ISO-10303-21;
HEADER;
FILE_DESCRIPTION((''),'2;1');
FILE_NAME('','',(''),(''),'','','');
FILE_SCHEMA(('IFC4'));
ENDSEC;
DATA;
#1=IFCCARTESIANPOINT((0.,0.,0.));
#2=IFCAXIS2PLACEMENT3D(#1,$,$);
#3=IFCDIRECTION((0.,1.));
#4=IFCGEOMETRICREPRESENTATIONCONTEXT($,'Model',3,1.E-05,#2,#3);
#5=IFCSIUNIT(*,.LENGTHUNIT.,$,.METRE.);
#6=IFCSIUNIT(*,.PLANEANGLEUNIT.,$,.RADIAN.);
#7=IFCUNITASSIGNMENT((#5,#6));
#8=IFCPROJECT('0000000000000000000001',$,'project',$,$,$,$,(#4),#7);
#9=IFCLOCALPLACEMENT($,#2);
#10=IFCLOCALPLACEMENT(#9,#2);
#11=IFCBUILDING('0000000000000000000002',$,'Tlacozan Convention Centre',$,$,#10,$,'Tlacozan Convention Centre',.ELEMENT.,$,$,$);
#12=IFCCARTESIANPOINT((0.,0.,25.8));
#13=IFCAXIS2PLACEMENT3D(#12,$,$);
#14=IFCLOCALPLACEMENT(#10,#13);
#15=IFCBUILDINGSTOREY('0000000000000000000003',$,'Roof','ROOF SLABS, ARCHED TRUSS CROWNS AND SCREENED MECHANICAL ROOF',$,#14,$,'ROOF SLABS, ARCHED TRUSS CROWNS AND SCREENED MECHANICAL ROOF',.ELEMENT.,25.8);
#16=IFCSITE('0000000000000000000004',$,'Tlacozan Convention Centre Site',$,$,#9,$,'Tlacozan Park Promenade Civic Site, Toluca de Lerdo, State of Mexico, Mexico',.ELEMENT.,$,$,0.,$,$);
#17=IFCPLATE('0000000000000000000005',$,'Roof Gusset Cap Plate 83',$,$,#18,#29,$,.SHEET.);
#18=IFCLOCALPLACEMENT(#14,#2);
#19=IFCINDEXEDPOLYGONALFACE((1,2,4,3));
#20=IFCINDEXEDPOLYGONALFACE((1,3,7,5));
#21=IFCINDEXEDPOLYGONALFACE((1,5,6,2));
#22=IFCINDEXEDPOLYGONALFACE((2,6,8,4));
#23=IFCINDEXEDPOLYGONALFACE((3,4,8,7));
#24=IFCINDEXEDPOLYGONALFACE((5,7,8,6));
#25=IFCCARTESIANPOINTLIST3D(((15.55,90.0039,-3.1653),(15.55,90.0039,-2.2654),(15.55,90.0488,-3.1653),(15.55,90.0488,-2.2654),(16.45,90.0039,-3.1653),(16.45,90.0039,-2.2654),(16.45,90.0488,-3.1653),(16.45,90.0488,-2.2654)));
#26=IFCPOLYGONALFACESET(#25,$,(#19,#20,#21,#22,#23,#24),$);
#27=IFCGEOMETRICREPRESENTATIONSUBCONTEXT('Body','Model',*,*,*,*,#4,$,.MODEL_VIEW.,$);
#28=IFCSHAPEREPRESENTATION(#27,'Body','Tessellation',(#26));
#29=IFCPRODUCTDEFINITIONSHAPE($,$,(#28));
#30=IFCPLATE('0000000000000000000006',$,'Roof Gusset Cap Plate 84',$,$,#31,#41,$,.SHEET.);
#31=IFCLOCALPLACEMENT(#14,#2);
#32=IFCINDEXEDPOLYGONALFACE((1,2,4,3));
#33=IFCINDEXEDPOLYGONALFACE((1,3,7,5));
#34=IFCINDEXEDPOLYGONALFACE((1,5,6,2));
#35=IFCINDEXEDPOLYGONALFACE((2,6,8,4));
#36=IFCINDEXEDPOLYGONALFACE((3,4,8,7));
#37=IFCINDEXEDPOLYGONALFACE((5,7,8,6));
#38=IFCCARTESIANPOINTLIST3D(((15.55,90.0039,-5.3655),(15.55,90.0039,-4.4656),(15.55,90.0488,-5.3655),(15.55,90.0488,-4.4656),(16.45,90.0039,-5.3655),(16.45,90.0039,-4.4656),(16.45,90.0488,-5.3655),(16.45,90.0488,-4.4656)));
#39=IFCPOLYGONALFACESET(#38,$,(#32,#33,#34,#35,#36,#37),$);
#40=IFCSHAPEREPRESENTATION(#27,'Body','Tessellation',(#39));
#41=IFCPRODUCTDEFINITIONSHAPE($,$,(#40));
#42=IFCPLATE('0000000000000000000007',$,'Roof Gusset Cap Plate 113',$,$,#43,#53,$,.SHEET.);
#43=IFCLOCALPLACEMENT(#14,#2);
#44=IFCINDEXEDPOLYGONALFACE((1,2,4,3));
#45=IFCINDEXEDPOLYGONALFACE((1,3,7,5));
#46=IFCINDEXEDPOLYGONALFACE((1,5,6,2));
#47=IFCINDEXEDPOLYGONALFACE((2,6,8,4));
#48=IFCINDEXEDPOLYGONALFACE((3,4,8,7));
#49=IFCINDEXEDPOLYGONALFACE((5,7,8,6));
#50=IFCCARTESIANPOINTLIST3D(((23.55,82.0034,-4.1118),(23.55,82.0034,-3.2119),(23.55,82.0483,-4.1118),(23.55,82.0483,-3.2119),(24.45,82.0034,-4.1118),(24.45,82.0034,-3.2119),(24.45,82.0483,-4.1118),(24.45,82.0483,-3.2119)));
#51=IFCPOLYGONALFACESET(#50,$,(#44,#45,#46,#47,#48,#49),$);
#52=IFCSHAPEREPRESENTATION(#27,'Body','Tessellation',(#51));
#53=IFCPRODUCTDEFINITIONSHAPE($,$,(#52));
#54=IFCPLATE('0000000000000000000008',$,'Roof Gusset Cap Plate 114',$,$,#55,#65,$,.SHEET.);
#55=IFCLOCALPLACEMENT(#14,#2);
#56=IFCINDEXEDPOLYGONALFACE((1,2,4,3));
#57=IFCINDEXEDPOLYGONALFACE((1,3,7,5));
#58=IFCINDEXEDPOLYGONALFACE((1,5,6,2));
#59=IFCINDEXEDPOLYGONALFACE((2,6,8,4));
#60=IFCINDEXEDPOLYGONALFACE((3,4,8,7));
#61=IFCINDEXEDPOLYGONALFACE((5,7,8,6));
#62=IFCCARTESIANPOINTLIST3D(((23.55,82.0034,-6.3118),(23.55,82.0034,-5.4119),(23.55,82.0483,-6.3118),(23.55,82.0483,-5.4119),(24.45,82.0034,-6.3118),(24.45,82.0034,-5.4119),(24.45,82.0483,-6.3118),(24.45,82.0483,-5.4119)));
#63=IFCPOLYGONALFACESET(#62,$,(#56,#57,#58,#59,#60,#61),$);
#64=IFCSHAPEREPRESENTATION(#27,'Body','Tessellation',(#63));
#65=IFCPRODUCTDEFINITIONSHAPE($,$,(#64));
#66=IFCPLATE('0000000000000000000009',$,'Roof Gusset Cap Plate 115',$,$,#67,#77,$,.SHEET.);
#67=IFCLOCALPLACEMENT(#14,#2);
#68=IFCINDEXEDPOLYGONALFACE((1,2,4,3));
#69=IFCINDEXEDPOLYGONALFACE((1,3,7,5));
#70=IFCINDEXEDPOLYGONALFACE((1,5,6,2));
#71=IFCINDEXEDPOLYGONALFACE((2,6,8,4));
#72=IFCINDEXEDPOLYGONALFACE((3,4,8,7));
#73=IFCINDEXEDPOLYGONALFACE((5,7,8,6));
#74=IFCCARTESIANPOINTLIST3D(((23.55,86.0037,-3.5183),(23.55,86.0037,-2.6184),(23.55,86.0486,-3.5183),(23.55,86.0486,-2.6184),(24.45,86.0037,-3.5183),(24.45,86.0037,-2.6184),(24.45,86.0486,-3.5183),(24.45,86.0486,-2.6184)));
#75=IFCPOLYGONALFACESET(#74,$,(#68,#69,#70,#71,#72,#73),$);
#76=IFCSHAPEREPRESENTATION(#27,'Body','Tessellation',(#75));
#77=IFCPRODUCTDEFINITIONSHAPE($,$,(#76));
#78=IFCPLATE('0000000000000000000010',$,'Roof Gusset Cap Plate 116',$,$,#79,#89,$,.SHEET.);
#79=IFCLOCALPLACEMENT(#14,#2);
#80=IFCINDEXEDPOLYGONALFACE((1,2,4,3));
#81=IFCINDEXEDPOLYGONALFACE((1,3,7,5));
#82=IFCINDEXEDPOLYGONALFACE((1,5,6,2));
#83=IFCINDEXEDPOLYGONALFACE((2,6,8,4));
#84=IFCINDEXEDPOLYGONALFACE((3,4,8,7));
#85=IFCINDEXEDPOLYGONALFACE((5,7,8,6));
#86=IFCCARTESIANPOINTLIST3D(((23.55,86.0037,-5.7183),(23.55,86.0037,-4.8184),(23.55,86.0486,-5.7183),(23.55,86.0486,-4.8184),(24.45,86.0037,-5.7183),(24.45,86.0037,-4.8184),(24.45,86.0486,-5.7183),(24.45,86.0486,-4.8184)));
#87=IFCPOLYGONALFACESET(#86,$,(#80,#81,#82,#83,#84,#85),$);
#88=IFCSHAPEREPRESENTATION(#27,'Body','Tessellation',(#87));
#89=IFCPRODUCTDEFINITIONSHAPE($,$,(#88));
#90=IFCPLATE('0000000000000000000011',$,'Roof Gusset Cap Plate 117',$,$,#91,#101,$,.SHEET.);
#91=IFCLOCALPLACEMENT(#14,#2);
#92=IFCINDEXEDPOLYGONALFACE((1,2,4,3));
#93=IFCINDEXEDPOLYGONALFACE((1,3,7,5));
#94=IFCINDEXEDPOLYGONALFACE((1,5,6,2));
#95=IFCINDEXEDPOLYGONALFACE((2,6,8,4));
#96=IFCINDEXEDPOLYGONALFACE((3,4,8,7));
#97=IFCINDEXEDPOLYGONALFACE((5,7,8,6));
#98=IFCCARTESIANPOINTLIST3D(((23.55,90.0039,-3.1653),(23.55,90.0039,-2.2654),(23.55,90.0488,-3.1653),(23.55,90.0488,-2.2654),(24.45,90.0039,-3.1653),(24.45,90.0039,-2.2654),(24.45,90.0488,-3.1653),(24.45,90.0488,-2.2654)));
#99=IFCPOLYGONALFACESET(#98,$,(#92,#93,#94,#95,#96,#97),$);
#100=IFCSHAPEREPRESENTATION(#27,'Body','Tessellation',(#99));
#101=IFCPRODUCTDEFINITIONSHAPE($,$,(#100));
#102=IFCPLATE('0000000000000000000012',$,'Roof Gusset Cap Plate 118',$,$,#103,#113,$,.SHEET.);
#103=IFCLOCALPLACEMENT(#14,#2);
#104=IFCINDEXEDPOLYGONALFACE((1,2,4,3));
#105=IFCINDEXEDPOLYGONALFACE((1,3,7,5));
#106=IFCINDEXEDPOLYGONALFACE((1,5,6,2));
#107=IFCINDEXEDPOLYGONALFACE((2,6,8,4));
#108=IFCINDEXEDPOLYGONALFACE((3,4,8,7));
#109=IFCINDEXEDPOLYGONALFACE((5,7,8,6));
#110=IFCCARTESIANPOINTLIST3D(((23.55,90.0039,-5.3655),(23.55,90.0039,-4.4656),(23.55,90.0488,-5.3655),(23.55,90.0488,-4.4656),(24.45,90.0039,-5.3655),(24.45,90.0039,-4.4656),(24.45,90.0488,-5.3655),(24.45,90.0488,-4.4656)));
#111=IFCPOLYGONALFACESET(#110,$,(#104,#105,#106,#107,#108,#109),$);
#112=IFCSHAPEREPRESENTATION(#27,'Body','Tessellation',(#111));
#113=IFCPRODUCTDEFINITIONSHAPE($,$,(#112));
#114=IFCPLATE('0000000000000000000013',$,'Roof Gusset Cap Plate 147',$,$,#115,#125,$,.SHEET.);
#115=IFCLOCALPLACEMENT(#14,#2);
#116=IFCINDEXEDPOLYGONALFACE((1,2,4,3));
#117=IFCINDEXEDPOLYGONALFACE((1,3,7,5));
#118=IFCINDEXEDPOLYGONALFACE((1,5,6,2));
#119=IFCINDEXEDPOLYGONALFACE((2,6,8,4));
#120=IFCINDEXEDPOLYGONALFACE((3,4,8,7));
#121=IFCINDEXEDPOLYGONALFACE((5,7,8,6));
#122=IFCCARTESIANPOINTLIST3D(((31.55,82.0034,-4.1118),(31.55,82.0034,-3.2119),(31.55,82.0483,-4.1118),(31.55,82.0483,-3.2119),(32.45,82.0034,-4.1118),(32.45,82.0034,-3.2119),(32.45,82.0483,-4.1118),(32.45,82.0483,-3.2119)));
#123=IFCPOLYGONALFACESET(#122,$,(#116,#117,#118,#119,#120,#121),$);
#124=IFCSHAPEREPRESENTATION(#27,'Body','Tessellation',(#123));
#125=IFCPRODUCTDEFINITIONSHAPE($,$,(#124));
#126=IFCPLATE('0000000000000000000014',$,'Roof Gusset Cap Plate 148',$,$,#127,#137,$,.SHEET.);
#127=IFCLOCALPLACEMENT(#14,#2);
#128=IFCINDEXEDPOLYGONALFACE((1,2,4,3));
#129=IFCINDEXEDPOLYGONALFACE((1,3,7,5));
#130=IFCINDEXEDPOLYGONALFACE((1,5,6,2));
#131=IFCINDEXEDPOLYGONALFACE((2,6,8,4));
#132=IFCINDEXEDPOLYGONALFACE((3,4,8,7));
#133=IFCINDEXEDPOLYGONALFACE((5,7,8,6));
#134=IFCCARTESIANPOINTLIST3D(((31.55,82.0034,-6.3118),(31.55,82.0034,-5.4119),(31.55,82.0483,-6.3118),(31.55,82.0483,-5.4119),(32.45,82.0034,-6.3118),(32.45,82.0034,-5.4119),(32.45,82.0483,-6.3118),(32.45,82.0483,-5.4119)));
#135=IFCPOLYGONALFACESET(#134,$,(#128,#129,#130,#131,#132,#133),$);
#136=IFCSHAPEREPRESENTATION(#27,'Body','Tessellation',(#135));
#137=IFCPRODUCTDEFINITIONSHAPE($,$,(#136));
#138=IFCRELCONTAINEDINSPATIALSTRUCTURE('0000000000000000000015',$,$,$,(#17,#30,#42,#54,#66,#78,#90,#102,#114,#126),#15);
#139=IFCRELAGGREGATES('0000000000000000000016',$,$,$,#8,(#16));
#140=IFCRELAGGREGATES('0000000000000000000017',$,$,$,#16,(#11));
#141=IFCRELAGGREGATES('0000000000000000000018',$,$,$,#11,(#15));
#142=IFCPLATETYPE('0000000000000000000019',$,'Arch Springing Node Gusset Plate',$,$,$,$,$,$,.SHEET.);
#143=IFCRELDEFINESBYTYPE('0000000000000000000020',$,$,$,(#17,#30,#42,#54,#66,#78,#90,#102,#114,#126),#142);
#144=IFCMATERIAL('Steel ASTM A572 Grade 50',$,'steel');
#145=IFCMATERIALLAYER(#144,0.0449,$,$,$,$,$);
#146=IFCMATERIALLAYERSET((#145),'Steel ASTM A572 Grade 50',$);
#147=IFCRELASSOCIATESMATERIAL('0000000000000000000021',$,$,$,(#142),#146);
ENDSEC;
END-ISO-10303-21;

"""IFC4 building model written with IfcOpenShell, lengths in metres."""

from ifc_helpers import new_model, si_unit, direction, frame, origin, origin_2d, place, context, subcontext, project, spatial, rectangle, extrude, material, layer, layer_set, type_object, element, save


model = new_model("IFC4")

# Units and contexts
model_context = context("Model", 3, precision=1e-05, world=origin(), true_north=direction((0.0, 1.0)))
body_context = subcontext(model_context, "Body", "Model", "MODEL_VIEW")
ifc_project = project(units=[si_unit("LENGTHUNIT", "METRE"), si_unit("PLANEANGLEUNIT", "RADIAN")], contexts=[model_context])

# Site, building, storey
site_placement = place(None, origin())
site = spatial("IfcSite", under=ifc_project, at=site_placement, Name="Tlacozan Convention Centre Site", LongName="Tlacozan Park Promenade Civic Site, Toluca de Lerdo, State of Mexico, Mexico", CompositionType="ELEMENT", RefElevation=0.0)
building_placement = place(site_placement, origin())
building = spatial("IfcBuilding", under=site, at=building_placement, Name="Tlacozan Convention Centre", LongName="Tlacozan Convention Centre", CompositionType="ELEMENT")
storey_placement = place(building_placement, frame((0.0, 0.0, 25.8)))
storey = spatial("IfcBuildingStorey", under=building, at=storey_placement, Name="Roof", Description="ROOF SLABS, ARCHED TRUSS CROWNS AND SCREENED MECHANICAL ROOF", LongName="ROOF SLABS, ARCHED TRUSS CROWNS AND SCREENED MECHANICAL ROOF", CompositionType="ELEMENT", Elevation=25.8)

# Plates
ifc_material_1 = material(Name="Steel ASTM A572 Grade 50", Category="steel")
ifc_layer = layer(ifc_material_1, 0.0449)
ifc_layer_set = layer_set([ifc_layer], Name="Steel ASTM A572 Grade 50")
plate_type = type_object("IfcPlateType", Name="Arch Springing Node Gusset Plate", PredefinedType="SHEET", material=ifc_layer_set)
for number, where, z_axis, x_axis, name in (
    (1, (16.0, 90.0264, -3.1653), (0.0, 0.0, 1.0), (0.0, 1.0, 0.0), "Roof Gusset Cap Plate 83"),
    (2, (16.0, 90.0264, -5.3655), (0.0, 0.0, 1.0), (0.0, 1.0, 0.0), "Roof Gusset Cap Plate 84"),
    (3, (24.0, 82.0259, -4.1118), (0.0, 0.0, 1.0), (0.0, 1.0, 0.0), "Roof Gusset Cap Plate 113"),
    (4, (24.0, 82.0259, -6.3118), (0.0, 0.0, 1.0), (0.0, 1.0, 0.0), "Roof Gusset Cap Plate 114"),
    (5, (24.0, 86.0261, -3.5183), (0.0, 0.0, 1.0), (0.0, 1.0, 0.0), "Roof Gusset Cap Plate 115"),
    (6, (24.0, 86.0261, -5.7183), (0.0, 0.0, 1.0), (0.0, 1.0, 0.0), "Roof Gusset Cap Plate 116"),
    (7, (24.0, 90.0264, -3.1653), (0.0, 0.0, 1.0), (0.0, 1.0, 0.0), "Roof Gusset Cap Plate 117"),
    (8, (24.0, 90.0264, -5.3655), (0.0, 0.0, 1.0), (0.0, 1.0, 0.0), "Roof Gusset Cap Plate 118"),
    (9, (32.0, 82.0259, -4.1118), (0.0, 0.0, 1.0), (0.0, 1.0, 0.0), "Roof Gusset Cap Plate 147"),
    (10, (32.0, 82.0259, -6.3118), (0.0, 0.0, 1.0), (0.0, 1.0, 0.0), "Roof Gusset Cap Plate 148"),
):
    element("IfcPlate", number, at=place(storey_placement, frame(where, z_axis=z_axis, x_axis=x_axis)), inside=storey, type_object=plate_type, Name=name, PredefinedType="SHEET", context=body_context, shape_type="SweptSolid", body=[
        extrude(rectangle(XDim=0.0449, YDim=0.8999, at=origin_2d()), origin(), (0.0, 0.0, 1.0), 0.8999),
    ])

save(model, "model.ifc")
